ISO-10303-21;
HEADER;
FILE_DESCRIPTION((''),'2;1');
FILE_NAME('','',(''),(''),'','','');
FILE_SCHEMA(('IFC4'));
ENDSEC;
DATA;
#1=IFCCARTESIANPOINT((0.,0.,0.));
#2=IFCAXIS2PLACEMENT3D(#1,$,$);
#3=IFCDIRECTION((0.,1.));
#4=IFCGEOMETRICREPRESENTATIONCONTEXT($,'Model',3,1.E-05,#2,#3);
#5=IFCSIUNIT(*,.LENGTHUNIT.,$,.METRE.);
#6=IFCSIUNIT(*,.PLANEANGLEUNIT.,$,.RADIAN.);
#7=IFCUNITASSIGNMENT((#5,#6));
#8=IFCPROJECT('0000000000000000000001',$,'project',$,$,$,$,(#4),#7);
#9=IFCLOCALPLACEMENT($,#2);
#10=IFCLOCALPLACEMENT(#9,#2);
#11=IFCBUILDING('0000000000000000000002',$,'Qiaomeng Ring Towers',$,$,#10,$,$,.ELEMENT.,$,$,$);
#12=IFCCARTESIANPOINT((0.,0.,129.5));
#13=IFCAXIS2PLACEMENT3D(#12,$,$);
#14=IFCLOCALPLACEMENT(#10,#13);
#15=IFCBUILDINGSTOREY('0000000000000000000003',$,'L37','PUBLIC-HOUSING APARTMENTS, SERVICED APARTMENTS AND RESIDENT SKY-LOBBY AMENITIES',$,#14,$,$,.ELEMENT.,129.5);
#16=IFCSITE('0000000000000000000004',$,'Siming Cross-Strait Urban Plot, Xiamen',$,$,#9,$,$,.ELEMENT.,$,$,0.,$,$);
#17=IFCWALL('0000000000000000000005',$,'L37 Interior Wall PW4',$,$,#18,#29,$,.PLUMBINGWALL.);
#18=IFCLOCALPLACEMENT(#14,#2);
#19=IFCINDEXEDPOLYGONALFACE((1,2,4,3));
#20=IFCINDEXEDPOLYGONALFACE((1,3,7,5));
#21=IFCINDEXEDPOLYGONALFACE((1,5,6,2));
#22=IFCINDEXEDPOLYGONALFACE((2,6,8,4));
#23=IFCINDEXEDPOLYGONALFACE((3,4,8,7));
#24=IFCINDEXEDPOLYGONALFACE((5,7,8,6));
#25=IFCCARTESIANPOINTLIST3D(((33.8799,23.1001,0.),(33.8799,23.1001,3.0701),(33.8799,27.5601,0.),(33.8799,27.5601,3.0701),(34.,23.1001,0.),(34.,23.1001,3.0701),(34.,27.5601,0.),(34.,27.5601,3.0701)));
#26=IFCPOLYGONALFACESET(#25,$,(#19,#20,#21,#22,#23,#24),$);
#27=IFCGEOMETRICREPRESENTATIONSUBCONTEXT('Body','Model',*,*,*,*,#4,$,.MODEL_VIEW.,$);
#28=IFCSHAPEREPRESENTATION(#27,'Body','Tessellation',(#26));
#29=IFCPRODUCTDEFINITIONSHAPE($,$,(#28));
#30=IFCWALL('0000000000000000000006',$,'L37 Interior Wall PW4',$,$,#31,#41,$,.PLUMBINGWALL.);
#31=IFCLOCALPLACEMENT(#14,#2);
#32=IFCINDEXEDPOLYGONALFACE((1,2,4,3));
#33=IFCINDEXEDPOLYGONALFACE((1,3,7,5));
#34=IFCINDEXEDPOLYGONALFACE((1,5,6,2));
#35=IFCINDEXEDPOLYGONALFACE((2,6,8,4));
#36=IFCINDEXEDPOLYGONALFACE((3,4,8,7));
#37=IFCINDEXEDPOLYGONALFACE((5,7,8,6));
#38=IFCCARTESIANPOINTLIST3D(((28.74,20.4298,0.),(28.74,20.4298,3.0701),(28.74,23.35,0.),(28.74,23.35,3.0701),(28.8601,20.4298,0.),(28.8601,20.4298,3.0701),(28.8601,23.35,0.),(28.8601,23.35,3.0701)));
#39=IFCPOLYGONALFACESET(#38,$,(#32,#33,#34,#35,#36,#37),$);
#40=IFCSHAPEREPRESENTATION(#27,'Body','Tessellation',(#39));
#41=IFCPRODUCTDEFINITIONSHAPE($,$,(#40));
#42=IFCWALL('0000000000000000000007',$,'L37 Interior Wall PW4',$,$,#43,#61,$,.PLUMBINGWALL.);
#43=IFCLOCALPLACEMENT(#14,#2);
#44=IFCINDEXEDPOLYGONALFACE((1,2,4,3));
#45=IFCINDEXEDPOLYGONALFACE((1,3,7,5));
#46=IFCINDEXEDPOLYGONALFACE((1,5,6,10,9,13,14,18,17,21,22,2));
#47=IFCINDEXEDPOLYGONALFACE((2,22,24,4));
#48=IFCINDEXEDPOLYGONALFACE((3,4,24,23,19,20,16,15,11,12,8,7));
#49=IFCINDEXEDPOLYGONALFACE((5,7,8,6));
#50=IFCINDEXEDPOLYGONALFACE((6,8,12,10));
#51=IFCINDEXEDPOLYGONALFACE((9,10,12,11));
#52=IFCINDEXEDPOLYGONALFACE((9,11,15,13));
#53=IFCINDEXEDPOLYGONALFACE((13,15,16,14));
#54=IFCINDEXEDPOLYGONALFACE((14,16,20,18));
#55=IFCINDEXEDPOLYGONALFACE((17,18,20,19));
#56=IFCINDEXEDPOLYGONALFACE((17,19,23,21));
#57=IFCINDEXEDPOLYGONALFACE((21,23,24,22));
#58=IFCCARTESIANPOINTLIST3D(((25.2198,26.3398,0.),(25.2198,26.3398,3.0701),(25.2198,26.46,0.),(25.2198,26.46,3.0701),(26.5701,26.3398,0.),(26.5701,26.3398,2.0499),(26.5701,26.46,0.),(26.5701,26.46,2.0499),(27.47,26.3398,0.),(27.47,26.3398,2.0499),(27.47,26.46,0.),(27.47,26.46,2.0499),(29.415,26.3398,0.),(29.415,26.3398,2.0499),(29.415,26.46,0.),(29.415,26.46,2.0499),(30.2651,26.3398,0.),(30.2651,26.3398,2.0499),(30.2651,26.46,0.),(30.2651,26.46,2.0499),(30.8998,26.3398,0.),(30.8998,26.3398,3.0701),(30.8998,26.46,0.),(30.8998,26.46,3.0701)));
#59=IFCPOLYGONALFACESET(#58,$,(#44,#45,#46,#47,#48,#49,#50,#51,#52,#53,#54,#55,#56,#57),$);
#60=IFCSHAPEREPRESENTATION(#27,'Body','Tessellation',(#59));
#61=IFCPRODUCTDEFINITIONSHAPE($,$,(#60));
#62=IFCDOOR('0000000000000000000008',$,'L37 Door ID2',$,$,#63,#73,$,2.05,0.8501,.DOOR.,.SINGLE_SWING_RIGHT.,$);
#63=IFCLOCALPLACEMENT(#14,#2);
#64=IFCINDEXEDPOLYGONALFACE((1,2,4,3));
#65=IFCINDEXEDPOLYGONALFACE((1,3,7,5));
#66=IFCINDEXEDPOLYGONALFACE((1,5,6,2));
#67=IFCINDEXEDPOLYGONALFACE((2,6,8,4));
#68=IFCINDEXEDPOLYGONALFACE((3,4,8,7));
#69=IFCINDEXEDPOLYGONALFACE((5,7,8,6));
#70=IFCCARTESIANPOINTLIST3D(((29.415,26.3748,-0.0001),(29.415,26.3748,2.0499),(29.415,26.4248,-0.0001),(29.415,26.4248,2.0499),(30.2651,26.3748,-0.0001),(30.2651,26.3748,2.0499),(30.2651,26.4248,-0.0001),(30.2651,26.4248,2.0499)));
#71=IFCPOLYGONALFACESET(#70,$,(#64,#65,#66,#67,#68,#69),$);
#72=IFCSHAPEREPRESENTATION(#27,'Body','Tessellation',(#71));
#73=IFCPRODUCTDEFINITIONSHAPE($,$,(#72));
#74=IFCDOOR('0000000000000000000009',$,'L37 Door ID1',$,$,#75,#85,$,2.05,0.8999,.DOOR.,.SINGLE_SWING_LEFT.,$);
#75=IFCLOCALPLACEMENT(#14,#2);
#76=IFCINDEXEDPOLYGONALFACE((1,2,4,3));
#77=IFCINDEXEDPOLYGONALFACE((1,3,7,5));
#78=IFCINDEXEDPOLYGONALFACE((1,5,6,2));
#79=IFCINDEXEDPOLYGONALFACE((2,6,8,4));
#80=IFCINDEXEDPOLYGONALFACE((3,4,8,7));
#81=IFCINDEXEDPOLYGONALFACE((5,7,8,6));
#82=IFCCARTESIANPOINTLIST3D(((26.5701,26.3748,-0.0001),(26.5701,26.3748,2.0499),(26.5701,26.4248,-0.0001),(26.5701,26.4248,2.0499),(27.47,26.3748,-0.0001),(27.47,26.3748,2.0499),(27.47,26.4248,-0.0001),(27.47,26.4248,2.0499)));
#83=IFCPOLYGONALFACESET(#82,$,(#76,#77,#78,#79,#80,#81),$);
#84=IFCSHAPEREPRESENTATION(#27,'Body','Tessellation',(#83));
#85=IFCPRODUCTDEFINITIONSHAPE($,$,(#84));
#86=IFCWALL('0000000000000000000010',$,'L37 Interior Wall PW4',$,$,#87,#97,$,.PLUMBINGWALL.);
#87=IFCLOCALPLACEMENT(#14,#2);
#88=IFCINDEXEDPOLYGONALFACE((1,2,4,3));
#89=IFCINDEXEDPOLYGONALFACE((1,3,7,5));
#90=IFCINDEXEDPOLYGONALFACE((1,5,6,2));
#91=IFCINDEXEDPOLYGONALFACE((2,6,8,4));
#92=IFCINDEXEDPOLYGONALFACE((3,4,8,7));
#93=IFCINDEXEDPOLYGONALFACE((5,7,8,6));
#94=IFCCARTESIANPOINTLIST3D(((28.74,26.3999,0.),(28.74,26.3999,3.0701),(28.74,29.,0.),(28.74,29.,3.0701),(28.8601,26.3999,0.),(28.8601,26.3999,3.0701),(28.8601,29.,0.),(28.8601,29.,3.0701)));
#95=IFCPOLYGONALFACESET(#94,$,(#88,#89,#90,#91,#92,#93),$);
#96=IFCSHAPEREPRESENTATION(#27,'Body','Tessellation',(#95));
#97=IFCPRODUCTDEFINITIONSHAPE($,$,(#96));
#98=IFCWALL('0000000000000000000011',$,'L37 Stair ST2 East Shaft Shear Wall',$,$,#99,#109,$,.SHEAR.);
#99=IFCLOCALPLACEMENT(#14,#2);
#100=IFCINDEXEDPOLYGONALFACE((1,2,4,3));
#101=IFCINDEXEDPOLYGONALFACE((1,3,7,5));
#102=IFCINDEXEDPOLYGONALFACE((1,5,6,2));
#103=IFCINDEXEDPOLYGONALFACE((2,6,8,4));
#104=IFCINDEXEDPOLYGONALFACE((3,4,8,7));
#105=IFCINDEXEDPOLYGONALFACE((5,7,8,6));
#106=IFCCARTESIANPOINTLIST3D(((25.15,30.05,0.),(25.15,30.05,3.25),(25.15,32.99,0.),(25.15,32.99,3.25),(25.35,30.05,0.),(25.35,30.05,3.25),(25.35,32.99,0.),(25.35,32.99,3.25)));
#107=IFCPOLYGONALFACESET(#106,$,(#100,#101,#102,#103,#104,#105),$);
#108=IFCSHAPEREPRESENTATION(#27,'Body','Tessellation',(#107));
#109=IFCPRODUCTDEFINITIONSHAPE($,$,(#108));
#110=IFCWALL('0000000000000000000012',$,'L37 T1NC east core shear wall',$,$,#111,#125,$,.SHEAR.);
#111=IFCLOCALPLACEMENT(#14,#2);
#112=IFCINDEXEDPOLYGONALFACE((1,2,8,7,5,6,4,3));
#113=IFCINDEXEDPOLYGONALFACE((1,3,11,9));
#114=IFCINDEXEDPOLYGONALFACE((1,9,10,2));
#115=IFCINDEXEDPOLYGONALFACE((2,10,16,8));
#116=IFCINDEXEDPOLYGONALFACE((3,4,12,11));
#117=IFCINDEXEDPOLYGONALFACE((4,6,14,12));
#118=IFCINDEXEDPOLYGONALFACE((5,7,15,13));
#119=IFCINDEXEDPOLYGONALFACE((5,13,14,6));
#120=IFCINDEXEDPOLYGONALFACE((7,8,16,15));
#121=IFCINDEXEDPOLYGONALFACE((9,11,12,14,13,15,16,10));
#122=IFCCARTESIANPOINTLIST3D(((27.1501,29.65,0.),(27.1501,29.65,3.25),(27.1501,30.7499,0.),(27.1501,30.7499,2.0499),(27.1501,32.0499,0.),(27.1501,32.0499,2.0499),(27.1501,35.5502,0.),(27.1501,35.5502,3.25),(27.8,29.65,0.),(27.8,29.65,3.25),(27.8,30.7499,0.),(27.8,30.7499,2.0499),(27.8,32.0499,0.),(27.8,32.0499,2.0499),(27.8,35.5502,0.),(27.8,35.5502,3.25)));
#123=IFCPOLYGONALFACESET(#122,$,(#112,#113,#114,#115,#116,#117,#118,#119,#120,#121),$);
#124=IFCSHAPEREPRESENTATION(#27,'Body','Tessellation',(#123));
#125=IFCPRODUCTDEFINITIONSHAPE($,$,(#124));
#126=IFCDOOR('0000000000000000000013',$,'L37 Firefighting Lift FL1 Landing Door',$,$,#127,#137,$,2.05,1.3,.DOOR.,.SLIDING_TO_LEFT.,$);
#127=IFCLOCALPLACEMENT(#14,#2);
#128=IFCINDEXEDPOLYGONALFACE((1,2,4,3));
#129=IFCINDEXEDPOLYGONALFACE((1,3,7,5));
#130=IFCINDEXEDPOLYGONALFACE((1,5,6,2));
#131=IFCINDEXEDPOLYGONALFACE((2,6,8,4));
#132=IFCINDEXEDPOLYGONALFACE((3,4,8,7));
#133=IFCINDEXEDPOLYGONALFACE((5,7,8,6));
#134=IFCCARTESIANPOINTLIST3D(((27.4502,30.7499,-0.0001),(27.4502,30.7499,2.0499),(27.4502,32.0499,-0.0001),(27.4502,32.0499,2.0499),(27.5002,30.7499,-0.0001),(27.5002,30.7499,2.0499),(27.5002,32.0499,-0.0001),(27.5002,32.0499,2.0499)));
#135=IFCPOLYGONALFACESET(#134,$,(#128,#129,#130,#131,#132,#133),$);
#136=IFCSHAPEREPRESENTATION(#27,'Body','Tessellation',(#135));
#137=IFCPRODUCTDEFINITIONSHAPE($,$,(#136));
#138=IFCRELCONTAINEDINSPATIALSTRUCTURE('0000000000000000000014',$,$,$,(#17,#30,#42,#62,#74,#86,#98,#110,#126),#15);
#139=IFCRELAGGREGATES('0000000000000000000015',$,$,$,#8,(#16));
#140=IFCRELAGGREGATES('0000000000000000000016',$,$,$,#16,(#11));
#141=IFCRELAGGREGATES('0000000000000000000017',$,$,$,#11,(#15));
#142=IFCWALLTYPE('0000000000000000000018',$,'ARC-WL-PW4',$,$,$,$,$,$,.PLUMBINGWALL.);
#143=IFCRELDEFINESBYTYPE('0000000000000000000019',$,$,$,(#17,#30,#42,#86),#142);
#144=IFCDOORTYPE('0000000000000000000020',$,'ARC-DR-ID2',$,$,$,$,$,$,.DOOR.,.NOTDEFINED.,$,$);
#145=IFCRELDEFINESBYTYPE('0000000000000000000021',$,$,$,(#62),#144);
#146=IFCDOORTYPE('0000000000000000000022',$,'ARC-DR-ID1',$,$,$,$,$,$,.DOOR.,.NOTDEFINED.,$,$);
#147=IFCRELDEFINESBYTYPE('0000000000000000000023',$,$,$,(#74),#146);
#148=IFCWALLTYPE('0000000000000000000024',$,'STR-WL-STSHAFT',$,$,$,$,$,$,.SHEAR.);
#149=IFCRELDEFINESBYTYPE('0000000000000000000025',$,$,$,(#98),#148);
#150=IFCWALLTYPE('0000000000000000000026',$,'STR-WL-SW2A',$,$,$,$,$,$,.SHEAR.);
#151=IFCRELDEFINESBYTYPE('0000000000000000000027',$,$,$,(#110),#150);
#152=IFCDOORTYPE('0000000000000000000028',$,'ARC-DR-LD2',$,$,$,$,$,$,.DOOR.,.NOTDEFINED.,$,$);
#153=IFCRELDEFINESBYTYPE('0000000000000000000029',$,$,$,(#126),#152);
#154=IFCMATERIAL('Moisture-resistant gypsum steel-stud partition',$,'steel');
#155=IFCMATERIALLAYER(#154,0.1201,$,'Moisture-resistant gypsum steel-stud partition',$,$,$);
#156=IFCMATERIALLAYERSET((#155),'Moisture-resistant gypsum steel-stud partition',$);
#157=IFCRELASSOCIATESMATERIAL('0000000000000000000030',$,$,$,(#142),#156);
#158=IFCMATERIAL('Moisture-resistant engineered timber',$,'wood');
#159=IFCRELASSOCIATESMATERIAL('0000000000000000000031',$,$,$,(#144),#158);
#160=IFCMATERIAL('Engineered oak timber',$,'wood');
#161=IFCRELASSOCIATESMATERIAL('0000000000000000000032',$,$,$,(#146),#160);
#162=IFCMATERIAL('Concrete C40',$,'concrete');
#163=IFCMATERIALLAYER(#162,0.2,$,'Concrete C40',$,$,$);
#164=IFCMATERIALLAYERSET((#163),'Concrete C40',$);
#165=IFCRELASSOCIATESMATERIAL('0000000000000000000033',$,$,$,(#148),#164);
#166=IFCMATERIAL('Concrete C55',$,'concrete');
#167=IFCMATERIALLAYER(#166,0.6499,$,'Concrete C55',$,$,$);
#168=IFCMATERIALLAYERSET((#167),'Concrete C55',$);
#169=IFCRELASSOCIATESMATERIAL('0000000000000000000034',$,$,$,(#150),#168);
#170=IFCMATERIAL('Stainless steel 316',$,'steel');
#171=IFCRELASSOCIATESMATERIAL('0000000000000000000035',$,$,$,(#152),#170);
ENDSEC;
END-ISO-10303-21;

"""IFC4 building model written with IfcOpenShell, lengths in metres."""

from ifc_helpers import new_model, si_unit, direction, frame, frame_2d, origin, place, context, subcontext, project, spatial, rectangle, extrude, source, transform, mapped, material, layer, layer_set, type_object, element, fill, save


model = new_model("IFC4")

# Units and contexts
model_context = context("Model", 3, precision=1e-05, world=origin(), true_north=direction((0.0, 1.0)))
body_context = subcontext(model_context, "Body", "Model", "MODEL_VIEW")
ifc_project = project(units=[si_unit("LENGTHUNIT", "METRE"), si_unit("PLANEANGLEUNIT", "RADIAN")], contexts=[model_context])

# Site, building, storey
site_placement = place(None, origin())
site = spatial("IfcSite", under=ifc_project, at=site_placement, Name="Siming Cross-Strait Urban Plot, Xiamen", CompositionType="ELEMENT", RefElevation=0.0)
building_placement = place(site_placement, origin())
building = spatial("IfcBuilding", under=site, at=building_placement, Name="Qiaomeng Ring Towers", CompositionType="ELEMENT")
storey_placement = place(building_placement, frame((0.0, 0.0, 129.5)))
storey = spatial("IfcBuildingStorey", under=building, at=storey_placement, Name="L37", Description="PUBLIC-HOUSING APARTMENTS, SERVICED APARTMENTS AND RESIDENT SKY-LOBBY AMENITIES", CompositionType="ELEMENT", Elevation=129.5)

# Shared definitions
ifc_material_1 = material(Name="Concrete C55", Category="concrete")

# Shared definitions
ifc_material_2 = material(Name="Moisture-resistant gypsum steel-stud partition", Category="steel")
ifc_layer_1 = layer(ifc_material_2, 0.1201, Name="Moisture-resistant gypsum steel-stud partition")
ifc_layer_set_1 = layer_set([ifc_layer_1], Name="Moisture-resistant gypsum steel-stud partition")
wall_type_1 = type_object("IfcWallType", Name="ARC-WL-PW4", PredefinedType="PLUMBINGWALL", material=ifc_layer_set_1)
ifc_material_3 = material(Name="Moisture-resistant engineered timber", Category="wood")
door_type_1 = type_object("IfcDoorType", Name="ARC-DR-ID2", OperationType="NOTDEFINED", PredefinedType="DOOR", material=ifc_material_3)
shared_shape_1 = source(origin(), body_context, "Body", "SweptSolid", [
    extrude(rectangle(XDim=0.8501, YDim=2.05, at=frame_2d((0.425, 1.0249))), frame((0.0, 0.0249, 0.0), z_axis=(0.0, -1.0, 0.0), x_axis=(1.0, 0.0, 0.0)), (0.0, 0.0, 1.0), 0.05),
])
ifc_material_4 = material(Name="Engineered oak timber", Category="wood")
door_type_2 = type_object("IfcDoorType", Name="ARC-DR-ID1", OperationType="NOTDEFINED", PredefinedType="DOOR", material=ifc_material_4)
shared_shape_2 = source(origin(), body_context, "Body", "SweptSolid", [
    extrude(rectangle(XDim=0.8999, YDim=2.05, at=frame_2d((0.45, 1.0249))), frame((0.0, 0.0249, 0.0), z_axis=(0.0, -1.0, 0.0), x_axis=(1.0, 0.0, 0.0)), (0.0, 0.0, 1.0), 0.05),
])

# Walls
wall_1_placement = place(storey_placement, frame((33.9399, 23.1001, 0.0), z_axis=(0.0, 0.0, 1.0), x_axis=(0.0, 1.0, 0.0)))
element("IfcWall", 1, at=wall_1_placement, inside=storey, type_object=wall_type_1, Name="L37 Interior Wall PW4", PredefinedType="PLUMBINGWALL", context=body_context, shape_type="SweptSolid", body=[
    extrude(rectangle(XDim=4.46, YDim=0.1201, at=frame_2d((2.23, 0.0))), origin(), (0.0, 0.0, 1.0), 3.0701),
])
wall_2_placement = place(storey_placement, frame((28.8, 20.4299, 0.0), z_axis=(0.0, 0.0, 1.0), x_axis=(0.0, 1.0, 0.0)))
element("IfcWall", 2, at=wall_2_placement, inside=storey, type_object=wall_type_1, Name="L37 Interior Wall PW4", PredefinedType="PLUMBINGWALL", context=body_context, shape_type="SweptSolid", body=[
    extrude(rectangle(XDim=2.9202, YDim=0.1201, at=frame_2d((1.46, 0.0))), origin(), (0.0, 0.0, 1.0), 3.0701),
])

# Wall, openings, doors
wall_3_placement = place(storey_placement, frame((25.22, 26.3999, 0.0), z_axis=(0.0, 0.0, 1.0), x_axis=(1.0, 0.0, 0.0)))
wall_3 = element("IfcWall", 3, at=wall_3_placement, inside=storey, type_object=wall_type_1, Name="L37 Interior Wall PW4", PredefinedType="PLUMBINGWALL", context=body_context, shape_type="SweptSolid", body=[
    extrude(rectangle(XDim=5.6799, YDim=0.1201, at=frame_2d((2.8398, 0.0))), origin(), (0.0, 0.0, 1.0), 3.0701),
])
opening_1_placement = place(wall_3_placement, frame((1.3501, 0.0, 0.0)))
opening_1 = element("IfcOpeningElement", 4, at=opening_1_placement, cuts=wall_3, PredefinedType="OPENING", context=body_context, shape_type="SweptSolid", body=[
    extrude(rectangle(XDim=0.8999, YDim=2.05, at=frame_2d((0.45, 1.0249))), frame((0.0, 0.0701, 0.0), z_axis=(0.0, -1.0, 0.0), x_axis=(1.0, 0.0, 0.0)), (0.0, 0.0, 1.0), 0.1401),
])
opening_2_placement = place(wall_3_placement, frame((4.1951, 0.0, 0.0)))
opening_2 = element("IfcOpeningElement", 5, at=opening_2_placement, cuts=wall_3, PredefinedType="OPENING", context=body_context, shape_type="SweptSolid", body=[
    extrude(rectangle(XDim=0.8501, YDim=2.05, at=frame_2d((0.425, 1.0249))), frame((0.0, 0.0701, 0.0), z_axis=(0.0, -1.0, 0.0), x_axis=(1.0, 0.0, 0.0)), (0.0, 0.0, 1.0), 0.1401),
])
door_1_placement = place(opening_2_placement, origin())
door_1 = element("IfcDoor", 6, at=door_1_placement, inside=storey, type_object=door_type_1, Name="L37 Door ID2", OperationType="SINGLE_SWING_RIGHT", OverallHeight=2.05, OverallWidth=0.8501, PredefinedType="DOOR", context=body_context, shape_type="MappedRepresentation", body=[
    mapped(shared_shape_1, transform((0.0, 0.0, 0.0), x_axis=(1.0, 0.0, 0.0), y_axis=(0.0, 1.0, 0.0), z_axis=(0.0, 0.0, 1.0), scale=1.0)),
])
fill(opening_2, door_1)
door_2_placement = place(opening_1_placement, origin())
door_2 = element("IfcDoor", 7, at=door_2_placement, inside=storey, type_object=door_type_2, Name="L37 Door ID1", OperationType="SINGLE_SWING_LEFT", OverallHeight=2.05, OverallWidth=0.8999, PredefinedType="DOOR", context=body_context, shape_type="MappedRepresentation", body=[
    mapped(shared_shape_2, transform((0.0, 0.0, 0.0), x_axis=(1.0, 0.0, 0.0), y_axis=(0.0, 1.0, 0.0), z_axis=(0.0, 0.0, 1.0), scale=1.0)),
])
fill(opening_1, door_2)

# Walls
wall_4_placement = place(storey_placement, frame((28.8, 26.3999, 0.0), z_axis=(0.0, 0.0, 1.0), x_axis=(0.0, 1.0, 0.0)))
element("IfcWall", 8, at=wall_4_placement, inside=storey, type_object=wall_type_1, Name="L37 Interior Wall PW4", PredefinedType="PLUMBINGWALL", context=body_context, shape_type="SweptSolid", body=[
    extrude(rectangle(XDim=2.6001, YDim=0.1201, at=frame_2d((1.3, 0.0))), origin(), (0.0, 0.0, 1.0), 3.0701),
])
ifc_material_5 = material(Name="Concrete C40", Category="concrete")
ifc_layer_2 = layer(ifc_material_5, 0.2, Name="Concrete C40")
ifc_layer_set_2 = layer_set([ifc_layer_2], Name="Concrete C40")
wall_type_2 = type_object("IfcWallType", Name="STR-WL-STSHAFT", PredefinedType="SHEAR", material=ifc_layer_set_2)
wall_5_placement = place(storey_placement, frame((25.25, 30.05, 0.0), z_axis=(0.0, 0.0, 1.0), x_axis=(0.0, 1.0, 0.0)))
element("IfcWall", 9, at=wall_5_placement, inside=storey, type_object=wall_type_2, Name="L37 Stair ST2 East Shaft Shear Wall", PredefinedType="SHEAR", context=body_context, shape_type="SweptSolid", body=[
    extrude(rectangle(XDim=2.9399, YDim=0.2, at=frame_2d((1.47, 0.0))), origin(), (0.0, 0.0, 1.0), 3.25),
])

# Wall, opening, door
ifc_layer_3 = layer(ifc_material_1, 0.6499, Name="Concrete C55")
ifc_layer_set_3 = layer_set([ifc_layer_3], Name="Concrete C55")
wall_type_3 = type_object("IfcWallType", Name="STR-WL-SW2A", PredefinedType="SHEAR", material=ifc_layer_set_3)
wall_6_placement = place(storey_placement, frame((27.4751, 29.6499, 0.0), z_axis=(0.0, 0.0, 1.0), x_axis=(0.0, 1.0, 0.0)))
wall_6 = element("IfcWall", 10, at=wall_6_placement, inside=storey, type_object=wall_type_3, Name="L37 T1NC east core shear wall", PredefinedType="SHEAR", context=body_context, shape_type="SweptSolid", body=[
    extrude(rectangle(XDim=5.9001, YDim=0.6499, at=frame_2d((2.9502, 0.0))), origin(), (0.0, 0.0, 1.0), 3.25),
])
opening_3_placement = place(wall_6_placement, frame((1.1001, 0.0, 0.0)))
opening_3 = element("IfcOpeningElement", 11, at=opening_3_placement, cuts=wall_6, PredefinedType="OPENING", context=body_context, shape_type="SweptSolid", body=[
    extrude(rectangle(XDim=1.3, YDim=2.05, at=frame_2d((0.6499, 1.0249))), frame((0.0, 0.335, 0.0), z_axis=(0.0, -1.0, 0.0), x_axis=(1.0, 0.0, 0.0)), (0.0, 0.0, 1.0), 0.6699),
])
ifc_material_6 = material(Name="Stainless steel 316", Category="steel")
door_type_3 = type_object("IfcDoorType", Name="ARC-DR-LD2", OperationType="NOTDEFINED", PredefinedType="DOOR", material=ifc_material_6)
shared_shape_3 = source(origin(), body_context, "Body", "SweptSolid", [
    extrude(rectangle(XDim=1.3, YDim=2.05, at=frame_2d((0.6499, 1.0249))), frame((0.0, 0.0249, 0.0), z_axis=(0.0, -1.0, 0.0), x_axis=(1.0, 0.0, 0.0)), (0.0, 0.0, 1.0), 0.05),
])
door_3_placement = place(opening_3_placement, origin())
door_3 = element("IfcDoor", 12, at=door_3_placement, inside=storey, type_object=door_type_3, Name="L37 Firefighting Lift FL1 Landing Door", OperationType="SLIDING_TO_LEFT", OverallHeight=2.05, OverallWidth=1.3, PredefinedType="DOOR", context=body_context, shape_type="MappedRepresentation", body=[
    mapped(shared_shape_3, transform((0.0, 0.0, 0.0), x_axis=(1.0, 0.0, 0.0), y_axis=(0.0, 1.0, 0.0), z_axis=(0.0, 0.0, 1.0), scale=1.0)),
])
fill(opening_3, door_3)

save(model, "model.ifc")
